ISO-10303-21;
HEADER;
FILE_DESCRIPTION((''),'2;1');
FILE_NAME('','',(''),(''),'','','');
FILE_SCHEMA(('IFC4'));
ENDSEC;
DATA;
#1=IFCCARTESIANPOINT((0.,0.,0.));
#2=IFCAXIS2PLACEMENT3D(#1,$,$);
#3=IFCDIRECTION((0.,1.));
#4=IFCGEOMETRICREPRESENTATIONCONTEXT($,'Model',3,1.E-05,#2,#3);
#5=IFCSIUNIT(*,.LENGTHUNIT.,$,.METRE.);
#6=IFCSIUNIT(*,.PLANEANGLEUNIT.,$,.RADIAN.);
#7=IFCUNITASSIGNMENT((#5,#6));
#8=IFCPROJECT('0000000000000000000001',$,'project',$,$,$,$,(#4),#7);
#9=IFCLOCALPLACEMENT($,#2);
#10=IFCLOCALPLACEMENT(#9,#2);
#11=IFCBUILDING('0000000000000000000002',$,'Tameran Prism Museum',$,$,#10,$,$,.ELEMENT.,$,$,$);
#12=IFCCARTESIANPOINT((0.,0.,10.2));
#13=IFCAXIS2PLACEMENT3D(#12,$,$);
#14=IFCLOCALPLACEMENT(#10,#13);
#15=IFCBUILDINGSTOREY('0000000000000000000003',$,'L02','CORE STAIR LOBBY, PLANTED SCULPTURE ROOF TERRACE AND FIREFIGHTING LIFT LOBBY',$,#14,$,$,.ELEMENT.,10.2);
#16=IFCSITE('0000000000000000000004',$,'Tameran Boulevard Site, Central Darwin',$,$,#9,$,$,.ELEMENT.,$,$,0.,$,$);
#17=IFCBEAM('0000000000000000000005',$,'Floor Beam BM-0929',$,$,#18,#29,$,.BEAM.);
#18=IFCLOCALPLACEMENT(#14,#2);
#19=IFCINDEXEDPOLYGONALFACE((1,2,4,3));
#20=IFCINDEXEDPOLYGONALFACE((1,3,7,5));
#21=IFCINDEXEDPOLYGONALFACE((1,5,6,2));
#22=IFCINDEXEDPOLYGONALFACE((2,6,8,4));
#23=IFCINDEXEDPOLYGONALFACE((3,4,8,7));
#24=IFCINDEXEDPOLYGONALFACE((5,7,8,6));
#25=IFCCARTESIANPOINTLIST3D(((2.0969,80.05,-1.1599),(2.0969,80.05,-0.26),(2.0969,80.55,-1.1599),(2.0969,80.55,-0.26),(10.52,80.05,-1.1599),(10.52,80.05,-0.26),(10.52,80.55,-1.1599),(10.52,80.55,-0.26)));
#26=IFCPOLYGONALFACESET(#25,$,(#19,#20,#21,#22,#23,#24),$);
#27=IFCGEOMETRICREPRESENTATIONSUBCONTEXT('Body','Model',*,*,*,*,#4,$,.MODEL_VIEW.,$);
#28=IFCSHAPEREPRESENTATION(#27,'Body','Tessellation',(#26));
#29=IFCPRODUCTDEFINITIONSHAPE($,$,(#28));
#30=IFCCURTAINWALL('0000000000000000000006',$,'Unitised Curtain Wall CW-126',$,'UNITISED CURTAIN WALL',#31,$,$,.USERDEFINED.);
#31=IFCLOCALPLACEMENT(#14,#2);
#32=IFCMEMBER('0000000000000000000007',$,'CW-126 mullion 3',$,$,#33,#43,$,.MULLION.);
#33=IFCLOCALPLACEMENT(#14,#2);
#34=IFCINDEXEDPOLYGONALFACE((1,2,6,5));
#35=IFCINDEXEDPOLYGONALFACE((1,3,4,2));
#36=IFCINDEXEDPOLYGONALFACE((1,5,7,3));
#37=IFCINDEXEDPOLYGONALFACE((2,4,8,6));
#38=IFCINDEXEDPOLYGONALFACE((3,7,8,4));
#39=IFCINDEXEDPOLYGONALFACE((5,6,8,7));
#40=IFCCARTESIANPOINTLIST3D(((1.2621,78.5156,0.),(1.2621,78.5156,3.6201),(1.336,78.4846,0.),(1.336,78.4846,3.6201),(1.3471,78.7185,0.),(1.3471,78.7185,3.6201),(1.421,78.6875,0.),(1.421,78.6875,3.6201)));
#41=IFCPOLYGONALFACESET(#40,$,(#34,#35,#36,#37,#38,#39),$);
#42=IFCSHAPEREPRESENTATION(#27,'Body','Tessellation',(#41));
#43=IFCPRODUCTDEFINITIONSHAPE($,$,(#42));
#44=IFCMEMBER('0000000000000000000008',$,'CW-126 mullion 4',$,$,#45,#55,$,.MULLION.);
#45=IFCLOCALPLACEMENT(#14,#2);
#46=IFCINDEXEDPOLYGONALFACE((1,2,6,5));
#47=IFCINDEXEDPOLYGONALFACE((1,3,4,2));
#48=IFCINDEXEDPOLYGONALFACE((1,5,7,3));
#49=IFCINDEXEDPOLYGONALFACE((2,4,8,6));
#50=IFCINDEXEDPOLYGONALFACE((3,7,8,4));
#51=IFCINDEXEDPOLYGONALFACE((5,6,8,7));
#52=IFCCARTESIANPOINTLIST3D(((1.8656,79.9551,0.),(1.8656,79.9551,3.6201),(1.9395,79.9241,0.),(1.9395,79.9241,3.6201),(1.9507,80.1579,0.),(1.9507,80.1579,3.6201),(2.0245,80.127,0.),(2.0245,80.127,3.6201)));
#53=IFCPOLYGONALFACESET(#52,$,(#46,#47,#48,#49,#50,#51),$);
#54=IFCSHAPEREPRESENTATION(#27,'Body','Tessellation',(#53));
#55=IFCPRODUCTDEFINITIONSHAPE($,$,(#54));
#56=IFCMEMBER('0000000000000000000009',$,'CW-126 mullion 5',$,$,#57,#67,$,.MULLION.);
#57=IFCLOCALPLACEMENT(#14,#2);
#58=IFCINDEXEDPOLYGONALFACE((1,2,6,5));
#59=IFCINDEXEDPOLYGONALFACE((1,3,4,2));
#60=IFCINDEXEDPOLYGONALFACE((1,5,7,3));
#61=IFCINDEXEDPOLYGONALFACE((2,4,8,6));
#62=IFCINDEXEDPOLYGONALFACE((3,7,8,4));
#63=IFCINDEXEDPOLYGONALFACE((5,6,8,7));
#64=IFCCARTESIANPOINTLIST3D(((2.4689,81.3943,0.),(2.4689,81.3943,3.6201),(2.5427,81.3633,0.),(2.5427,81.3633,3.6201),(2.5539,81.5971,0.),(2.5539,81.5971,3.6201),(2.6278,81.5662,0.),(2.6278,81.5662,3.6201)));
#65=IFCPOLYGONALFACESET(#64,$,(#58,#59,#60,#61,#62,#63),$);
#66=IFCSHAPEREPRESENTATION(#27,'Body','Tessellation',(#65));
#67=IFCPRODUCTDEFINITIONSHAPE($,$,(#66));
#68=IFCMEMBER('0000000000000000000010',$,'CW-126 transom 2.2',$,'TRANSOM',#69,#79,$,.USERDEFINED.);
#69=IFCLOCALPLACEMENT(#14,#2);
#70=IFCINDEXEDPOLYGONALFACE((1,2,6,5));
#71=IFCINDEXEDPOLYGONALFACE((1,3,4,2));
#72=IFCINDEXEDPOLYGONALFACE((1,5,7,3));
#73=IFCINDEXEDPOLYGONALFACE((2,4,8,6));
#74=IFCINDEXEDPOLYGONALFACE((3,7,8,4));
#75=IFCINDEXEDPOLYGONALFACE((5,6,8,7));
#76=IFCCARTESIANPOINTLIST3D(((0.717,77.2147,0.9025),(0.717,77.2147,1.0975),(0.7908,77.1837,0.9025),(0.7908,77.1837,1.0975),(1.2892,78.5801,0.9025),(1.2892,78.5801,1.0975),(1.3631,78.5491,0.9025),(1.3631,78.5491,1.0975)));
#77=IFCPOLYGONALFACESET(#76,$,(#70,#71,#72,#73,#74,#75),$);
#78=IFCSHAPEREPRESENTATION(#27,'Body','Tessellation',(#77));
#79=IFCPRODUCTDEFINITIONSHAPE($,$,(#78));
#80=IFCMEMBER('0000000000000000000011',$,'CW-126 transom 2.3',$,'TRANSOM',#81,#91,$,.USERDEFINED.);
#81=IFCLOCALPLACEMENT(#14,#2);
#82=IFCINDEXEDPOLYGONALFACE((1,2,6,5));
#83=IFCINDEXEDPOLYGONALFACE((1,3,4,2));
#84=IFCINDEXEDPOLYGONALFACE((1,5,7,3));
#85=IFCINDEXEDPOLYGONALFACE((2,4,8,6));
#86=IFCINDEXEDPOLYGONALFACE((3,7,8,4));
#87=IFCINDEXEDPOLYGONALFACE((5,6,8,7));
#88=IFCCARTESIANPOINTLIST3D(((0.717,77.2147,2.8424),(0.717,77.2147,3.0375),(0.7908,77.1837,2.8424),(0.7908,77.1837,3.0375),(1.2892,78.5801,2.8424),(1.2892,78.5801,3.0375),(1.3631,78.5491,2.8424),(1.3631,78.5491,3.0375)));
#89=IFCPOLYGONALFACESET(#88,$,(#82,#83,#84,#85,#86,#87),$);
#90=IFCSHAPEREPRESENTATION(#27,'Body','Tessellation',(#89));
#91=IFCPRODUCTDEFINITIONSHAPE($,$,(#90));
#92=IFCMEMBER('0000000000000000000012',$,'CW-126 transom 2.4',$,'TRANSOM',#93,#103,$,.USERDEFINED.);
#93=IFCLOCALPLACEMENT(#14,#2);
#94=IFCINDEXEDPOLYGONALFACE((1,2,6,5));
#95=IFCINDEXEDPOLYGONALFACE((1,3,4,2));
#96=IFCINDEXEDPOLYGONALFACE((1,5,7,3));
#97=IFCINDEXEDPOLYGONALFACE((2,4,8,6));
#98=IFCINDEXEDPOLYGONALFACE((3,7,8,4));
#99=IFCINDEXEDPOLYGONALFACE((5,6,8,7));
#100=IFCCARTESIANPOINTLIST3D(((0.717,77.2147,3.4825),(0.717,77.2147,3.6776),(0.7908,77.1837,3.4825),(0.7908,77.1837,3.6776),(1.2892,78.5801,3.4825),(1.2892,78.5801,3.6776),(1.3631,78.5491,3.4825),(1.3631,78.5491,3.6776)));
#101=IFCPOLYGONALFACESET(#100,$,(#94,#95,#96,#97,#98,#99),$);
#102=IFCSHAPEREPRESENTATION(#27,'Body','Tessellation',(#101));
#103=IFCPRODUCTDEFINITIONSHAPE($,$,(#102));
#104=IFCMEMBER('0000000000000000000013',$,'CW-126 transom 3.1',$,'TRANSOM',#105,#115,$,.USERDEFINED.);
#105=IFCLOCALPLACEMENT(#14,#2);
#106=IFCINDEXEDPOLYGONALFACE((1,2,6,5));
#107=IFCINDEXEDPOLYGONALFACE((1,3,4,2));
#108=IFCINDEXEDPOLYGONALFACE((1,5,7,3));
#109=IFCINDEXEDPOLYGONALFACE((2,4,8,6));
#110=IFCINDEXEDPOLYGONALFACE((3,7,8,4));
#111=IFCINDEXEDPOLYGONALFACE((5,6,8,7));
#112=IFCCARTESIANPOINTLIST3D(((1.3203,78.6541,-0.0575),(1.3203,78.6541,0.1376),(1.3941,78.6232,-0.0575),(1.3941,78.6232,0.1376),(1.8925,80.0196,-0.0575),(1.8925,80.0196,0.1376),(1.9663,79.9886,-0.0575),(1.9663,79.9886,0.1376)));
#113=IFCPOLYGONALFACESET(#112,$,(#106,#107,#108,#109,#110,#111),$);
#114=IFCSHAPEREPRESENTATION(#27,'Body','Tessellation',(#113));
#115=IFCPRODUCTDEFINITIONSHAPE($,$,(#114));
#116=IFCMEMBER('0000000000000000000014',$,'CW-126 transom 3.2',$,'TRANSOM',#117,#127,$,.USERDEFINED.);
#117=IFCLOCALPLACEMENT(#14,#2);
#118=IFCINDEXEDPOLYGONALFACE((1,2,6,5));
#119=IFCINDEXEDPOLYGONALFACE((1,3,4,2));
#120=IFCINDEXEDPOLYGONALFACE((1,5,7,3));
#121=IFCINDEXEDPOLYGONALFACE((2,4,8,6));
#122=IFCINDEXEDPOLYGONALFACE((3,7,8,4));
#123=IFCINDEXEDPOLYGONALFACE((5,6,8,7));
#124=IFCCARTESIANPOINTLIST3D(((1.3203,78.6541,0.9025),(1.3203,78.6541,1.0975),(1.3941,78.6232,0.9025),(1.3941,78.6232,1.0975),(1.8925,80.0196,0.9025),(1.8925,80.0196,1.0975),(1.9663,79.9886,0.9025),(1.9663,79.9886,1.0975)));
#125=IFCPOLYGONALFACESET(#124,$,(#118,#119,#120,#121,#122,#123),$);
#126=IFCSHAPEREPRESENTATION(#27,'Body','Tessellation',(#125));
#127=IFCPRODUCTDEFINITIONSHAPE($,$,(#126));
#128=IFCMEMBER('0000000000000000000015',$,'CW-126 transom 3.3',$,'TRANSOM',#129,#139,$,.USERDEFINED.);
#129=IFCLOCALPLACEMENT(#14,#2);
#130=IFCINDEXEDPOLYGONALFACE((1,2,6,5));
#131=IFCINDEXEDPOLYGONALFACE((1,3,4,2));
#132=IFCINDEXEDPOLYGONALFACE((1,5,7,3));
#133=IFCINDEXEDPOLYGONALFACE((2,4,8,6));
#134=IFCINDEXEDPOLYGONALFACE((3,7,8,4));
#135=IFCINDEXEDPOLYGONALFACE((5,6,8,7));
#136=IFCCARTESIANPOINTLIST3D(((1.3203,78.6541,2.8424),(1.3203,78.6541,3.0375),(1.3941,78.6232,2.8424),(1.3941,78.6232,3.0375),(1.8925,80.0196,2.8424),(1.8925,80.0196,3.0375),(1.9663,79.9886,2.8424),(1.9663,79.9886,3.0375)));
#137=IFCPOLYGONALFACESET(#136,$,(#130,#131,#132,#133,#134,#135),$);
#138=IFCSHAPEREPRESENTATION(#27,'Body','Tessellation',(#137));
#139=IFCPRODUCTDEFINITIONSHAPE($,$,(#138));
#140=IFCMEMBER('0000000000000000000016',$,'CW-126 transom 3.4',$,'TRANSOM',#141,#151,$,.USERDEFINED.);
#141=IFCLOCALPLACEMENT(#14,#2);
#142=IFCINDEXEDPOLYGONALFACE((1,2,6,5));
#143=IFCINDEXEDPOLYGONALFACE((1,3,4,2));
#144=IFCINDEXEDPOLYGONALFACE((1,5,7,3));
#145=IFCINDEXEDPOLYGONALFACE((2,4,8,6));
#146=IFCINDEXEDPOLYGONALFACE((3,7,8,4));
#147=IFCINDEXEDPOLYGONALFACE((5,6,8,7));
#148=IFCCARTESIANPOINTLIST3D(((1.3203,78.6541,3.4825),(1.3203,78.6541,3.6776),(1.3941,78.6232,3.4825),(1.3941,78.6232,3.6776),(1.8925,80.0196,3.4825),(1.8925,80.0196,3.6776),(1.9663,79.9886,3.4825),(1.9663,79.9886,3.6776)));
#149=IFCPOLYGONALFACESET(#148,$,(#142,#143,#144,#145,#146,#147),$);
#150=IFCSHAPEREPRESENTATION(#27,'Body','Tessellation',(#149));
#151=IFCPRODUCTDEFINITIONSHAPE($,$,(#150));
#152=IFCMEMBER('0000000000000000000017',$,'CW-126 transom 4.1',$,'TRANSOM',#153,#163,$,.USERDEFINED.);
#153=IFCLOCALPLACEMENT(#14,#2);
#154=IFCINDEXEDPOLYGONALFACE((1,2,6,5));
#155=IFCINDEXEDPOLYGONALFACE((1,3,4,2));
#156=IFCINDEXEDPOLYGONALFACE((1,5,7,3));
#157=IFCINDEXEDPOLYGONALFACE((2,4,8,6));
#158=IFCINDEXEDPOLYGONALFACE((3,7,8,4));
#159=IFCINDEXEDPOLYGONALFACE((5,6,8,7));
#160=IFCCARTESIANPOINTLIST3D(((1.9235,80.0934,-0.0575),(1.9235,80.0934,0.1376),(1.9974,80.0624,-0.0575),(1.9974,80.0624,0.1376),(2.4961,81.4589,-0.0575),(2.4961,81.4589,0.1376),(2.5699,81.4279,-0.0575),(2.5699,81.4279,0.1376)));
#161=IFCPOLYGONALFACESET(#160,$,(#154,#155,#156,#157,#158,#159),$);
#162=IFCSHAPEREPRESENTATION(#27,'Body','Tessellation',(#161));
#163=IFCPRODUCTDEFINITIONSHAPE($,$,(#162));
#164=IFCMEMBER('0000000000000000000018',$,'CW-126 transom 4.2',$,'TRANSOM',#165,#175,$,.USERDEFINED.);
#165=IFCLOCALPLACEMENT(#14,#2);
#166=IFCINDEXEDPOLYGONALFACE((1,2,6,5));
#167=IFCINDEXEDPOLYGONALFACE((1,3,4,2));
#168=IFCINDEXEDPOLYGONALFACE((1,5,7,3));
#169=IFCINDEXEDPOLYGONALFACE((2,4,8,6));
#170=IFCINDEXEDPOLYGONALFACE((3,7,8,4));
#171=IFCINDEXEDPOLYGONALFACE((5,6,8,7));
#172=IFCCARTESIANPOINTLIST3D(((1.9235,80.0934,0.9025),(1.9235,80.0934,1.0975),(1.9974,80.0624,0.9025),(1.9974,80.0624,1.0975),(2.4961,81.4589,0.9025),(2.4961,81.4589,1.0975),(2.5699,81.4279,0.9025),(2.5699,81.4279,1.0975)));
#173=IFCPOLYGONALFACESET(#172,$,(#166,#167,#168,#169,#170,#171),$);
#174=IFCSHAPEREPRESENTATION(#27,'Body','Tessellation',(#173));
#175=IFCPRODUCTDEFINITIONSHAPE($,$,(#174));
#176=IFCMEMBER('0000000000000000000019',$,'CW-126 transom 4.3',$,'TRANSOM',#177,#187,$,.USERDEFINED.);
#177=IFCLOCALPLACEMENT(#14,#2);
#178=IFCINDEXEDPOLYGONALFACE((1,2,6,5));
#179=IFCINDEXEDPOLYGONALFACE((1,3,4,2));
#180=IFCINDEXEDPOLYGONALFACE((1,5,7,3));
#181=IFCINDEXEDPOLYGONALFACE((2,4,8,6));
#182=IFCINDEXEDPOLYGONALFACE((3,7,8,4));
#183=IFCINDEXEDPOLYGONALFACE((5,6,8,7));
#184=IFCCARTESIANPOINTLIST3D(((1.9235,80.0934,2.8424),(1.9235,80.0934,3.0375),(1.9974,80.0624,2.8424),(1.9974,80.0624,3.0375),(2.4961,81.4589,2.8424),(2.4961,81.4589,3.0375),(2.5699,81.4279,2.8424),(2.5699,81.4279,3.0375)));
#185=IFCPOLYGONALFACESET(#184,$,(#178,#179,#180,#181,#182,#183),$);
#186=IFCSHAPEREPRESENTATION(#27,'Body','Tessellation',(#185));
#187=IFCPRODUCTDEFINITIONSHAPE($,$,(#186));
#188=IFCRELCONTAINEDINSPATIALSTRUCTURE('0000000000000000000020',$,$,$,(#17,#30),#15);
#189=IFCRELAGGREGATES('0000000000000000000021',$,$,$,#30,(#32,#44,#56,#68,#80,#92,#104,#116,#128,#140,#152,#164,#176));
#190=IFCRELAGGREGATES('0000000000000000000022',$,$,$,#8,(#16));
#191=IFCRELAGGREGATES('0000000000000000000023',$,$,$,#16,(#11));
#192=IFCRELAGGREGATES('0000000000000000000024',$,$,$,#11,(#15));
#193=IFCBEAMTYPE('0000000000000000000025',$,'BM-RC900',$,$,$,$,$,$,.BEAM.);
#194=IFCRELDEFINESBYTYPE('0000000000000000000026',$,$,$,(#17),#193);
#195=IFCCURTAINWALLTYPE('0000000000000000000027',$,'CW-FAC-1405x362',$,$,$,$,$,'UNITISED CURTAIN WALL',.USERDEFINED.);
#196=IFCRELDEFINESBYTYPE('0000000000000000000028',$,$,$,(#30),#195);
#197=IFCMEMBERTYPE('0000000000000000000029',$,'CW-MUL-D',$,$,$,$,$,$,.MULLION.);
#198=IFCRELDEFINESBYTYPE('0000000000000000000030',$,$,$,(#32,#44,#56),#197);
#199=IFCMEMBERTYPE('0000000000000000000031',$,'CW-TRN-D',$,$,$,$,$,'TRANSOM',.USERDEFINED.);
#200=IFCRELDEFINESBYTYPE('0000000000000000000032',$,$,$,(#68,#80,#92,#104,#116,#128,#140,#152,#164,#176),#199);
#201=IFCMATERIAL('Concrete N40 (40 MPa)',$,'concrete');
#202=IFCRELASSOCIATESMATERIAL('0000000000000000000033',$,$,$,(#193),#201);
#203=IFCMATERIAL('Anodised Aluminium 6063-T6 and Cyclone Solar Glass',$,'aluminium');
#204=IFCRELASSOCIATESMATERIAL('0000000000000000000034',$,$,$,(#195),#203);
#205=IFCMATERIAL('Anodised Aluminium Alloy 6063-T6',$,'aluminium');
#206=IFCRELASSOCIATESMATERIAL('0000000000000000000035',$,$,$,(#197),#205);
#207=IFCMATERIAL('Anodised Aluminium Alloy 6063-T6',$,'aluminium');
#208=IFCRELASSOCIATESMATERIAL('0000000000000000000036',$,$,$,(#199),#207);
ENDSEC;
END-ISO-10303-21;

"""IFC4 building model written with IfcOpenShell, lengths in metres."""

from ifc_helpers import new_model, si_unit, direction, frame, origin, origin_2d, place, context, subcontext, project, spatial, rectangle, extrude, material, material_profile, profile_set, type_object, element, aggregate, save


model = new_model("IFC4")

# Units and contexts
model_context = context("Model", 3, precision=1e-05, world=origin(), true_north=direction((0.0, 1.0)))
body_context = subcontext(model_context, "Body", "Model", "MODEL_VIEW")
ifc_project = project(units=[si_unit("LENGTHUNIT", "METRE"), si_unit("PLANEANGLEUNIT", "RADIAN")], contexts=[model_context])

# Site, building, storey
site_placement = place(None, origin())
site = spatial("IfcSite", under=ifc_project, at=site_placement, Name="Tameran Boulevard Site, Central Darwin", CompositionType="ELEMENT", RefElevation=0.0)
building_placement = place(site_placement, origin())
building = spatial("IfcBuilding", under=site, at=building_placement, Name="Tameran Prism Museum", CompositionType="ELEMENT")
storey_placement = place(building_placement, frame((0.0, 0.0, 10.2)))
storey = spatial("IfcBuildingStorey", under=building, at=storey_placement, Name="L02", Description="CORE STAIR LOBBY, PLANTED SCULPTURE ROOF TERRACE AND FIREFIGHTING LIFT LOBBY", CompositionType="ELEMENT", Elevation=10.2)

# Beam
ifc_material_1 = material(Name="Concrete N40 (40 MPa)", Category="concrete")
ifc_material_profile_1 = material_profile(ifc_material_1, rectangle(XDim=0.5, YDim=0.8999, at=origin_2d()))
ifc_profile_set_1 = profile_set([ifc_material_profile_1])
beam_type = type_object("IfcBeamType", Name="BM-RC900", PredefinedType="BEAM", material=ifc_profile_set_1)
beam_placement = place(storey_placement, frame((2.0969, 80.3, -0.71), z_axis=(1.0, 0.0, 0.0), x_axis=(0.0, 1.0, 0.0)))
element("IfcBeam", 1, at=beam_placement, inside=storey, type_object=beam_type, Name="Floor Beam BM-0929", PredefinedType="BEAM", context=body_context, shape_type="SweptSolid", body=[
    extrude(rectangle(XDim=0.5, YDim=0.8999, at=origin_2d()), origin(), (0.0, 0.0, 1.0), 8.4231),
])

# Curtain wall, members
ifc_material_2 = material(Name="Anodised Aluminium 6063-T6 and Cyclone Solar Glass", Category="aluminium")
curtain_wall_type = type_object("IfcCurtainWallType", Name="CW-FAC-1405x362", ElementType="UNITISED CURTAIN WALL", PredefinedType="USERDEFINED", material=ifc_material_2)
curtain_wall_placement = place(storey_placement, origin())
curtain_wall = element("IfcCurtainWall", 2, at=curtain_wall_placement, inside=storey, type_object=curtain_wall_type, Name="Unitised Curtain Wall CW-126", ObjectType="UNITISED CURTAIN WALL", PredefinedType="USERDEFINED")
ifc_material_3 = material(Name="Anodised Aluminium Alloy 6063-T6", Category="aluminium")
ifc_material_profile_2 = material_profile(ifc_material_3, rectangle(XDim=0.0801, YDim=0.22, at=origin_2d()))
ifc_profile_set_2 = profile_set([ifc_material_profile_2])
member_type_1 = type_object("IfcMemberType", Name="CW-MUL-D", PredefinedType="MULLION", material=ifc_profile_set_2)
member_1_placement = place(storey_placement, frame((1.3416, 78.6016, 0.0), z_axis=(0.0, 0.0, 1.0), x_axis=(-0.922253, 0.386586, 0.0)))
member_1 = element("IfcMember", 3, at=member_1_placement, type_object=member_type_1, Name="CW-126 mullion 3", PredefinedType="MULLION", context=body_context, shape_type="SweptSolid", body=[
    extrude(rectangle(XDim=0.0801, YDim=0.22, at=origin_2d()), origin(), (0.0, 0.0, 1.0), 3.6201),
])
member_2_placement = place(storey_placement, frame((1.9451, 80.041, 0.0), z_axis=(0.0, 0.0, 1.0), x_axis=(-0.922253, 0.386586, 0.0)))
member_2 = element("IfcMember", 4, at=member_2_placement, type_object=member_type_1, Name="CW-126 mullion 4", PredefinedType="MULLION", context=body_context, shape_type="SweptSolid", body=[
    extrude(rectangle(XDim=0.0801, YDim=0.22, at=origin_2d()), origin(), (0.0, 0.0, 1.0), 3.6201),
])
member_3_placement = place(storey_placement, frame((2.5483, 81.4802, 0.0), z_axis=(0.0, 0.0, 1.0), x_axis=(-0.922253, 0.386586, 0.0)))
member_3 = element("IfcMember", 5, at=member_3_placement, type_object=member_type_1, Name="CW-126 mullion 5", PredefinedType="MULLION", context=body_context, shape_type="SweptSolid", body=[
    extrude(rectangle(XDim=0.0801, YDim=0.22, at=origin_2d()), origin(), (0.0, 0.0, 1.0), 3.6201),
])
ifc_material_4 = material(Name="Anodised Aluminium Alloy 6063-T6", Category="aluminium")
ifc_material_profile_3 = material_profile(ifc_material_4, rectangle(XDim=0.0801, YDim=0.1951, at=origin_2d()))
ifc_profile_set_3 = profile_set([ifc_material_profile_3])
member_type_2 = type_object("IfcMemberType", Name="CW-TRN-D", ElementType="TRANSOM", PredefinedType="USERDEFINED", material=ifc_profile_set_3)
member_4_placement = place(storey_placement, frame((0.7539, 77.1992, 1.0), z_axis=(0.386523, 0.92228, 0.0), x_axis=(-0.92228, 0.386523, 0.0)))
member_4 = element("IfcMember", 6, at=member_4_placement, type_object=member_type_2, Name="CW-126 transom 2.2", ObjectType="TRANSOM", PredefinedType="USERDEFINED", context=body_context, shape_type="SweptSolid", body=[
    extrude(rectangle(XDim=0.0801, YDim=0.1951, at=origin_2d()), origin(), (0.0, 0.0, 1.0), 1.4805),
])
member_5_placement = place(storey_placement, frame((0.7539, 77.1992, 2.9399), z_axis=(0.386523, 0.92228, 0.0), x_axis=(-0.92228, 0.386523, 0.0)))
member_5 = element("IfcMember", 7, at=member_5_placement, type_object=member_type_2, Name="CW-126 transom 2.3", ObjectType="TRANSOM", PredefinedType="USERDEFINED", context=body_context, shape_type="SweptSolid", body=[
    extrude(rectangle(XDim=0.0801, YDim=0.1951, at=origin_2d()), origin(), (0.0, 0.0, 1.0), 1.4805),
])
member_6_placement = place(storey_placement, frame((0.7539, 77.1992, 3.5801), z_axis=(0.386523, 0.92228, 0.0), x_axis=(-0.92228, 0.386523, 0.0)))
member_6 = element("IfcMember", 8, at=member_6_placement, type_object=member_type_2, Name="CW-126 transom 2.4", ObjectType="TRANSOM", PredefinedType="USERDEFINED", context=body_context, shape_type="SweptSolid", body=[
    extrude(rectangle(XDim=0.0801, YDim=0.1951, at=origin_2d()), origin(), (0.0, 0.0, 1.0), 1.4805),
])
member_7_placement = place(storey_placement, frame((1.3572, 78.6387, 0.04), z_axis=(0.386523, 0.92228, 0.0), x_axis=(-0.92228, 0.386523, 0.0)))
member_7 = element("IfcMember", 9, at=member_7_placement, type_object=member_type_2, Name="CW-126 transom 3.1", ObjectType="TRANSOM", PredefinedType="USERDEFINED", context=body_context, shape_type="SweptSolid", body=[
    extrude(rectangle(XDim=0.0801, YDim=0.1951, at=origin_2d()), origin(), (0.0, 0.0, 1.0), 1.4805),
])
member_8_placement = place(storey_placement, frame((1.3572, 78.6387, 1.0), z_axis=(0.386523, 0.92228, 0.0), x_axis=(-0.92228, 0.386523, 0.0)))
member_8 = element("IfcMember", 10, at=member_8_placement, type_object=member_type_2, Name="CW-126 transom 3.2", ObjectType="TRANSOM", PredefinedType="USERDEFINED", context=body_context, shape_type="SweptSolid", body=[
    extrude(rectangle(XDim=0.0801, YDim=0.1951, at=origin_2d()), origin(), (0.0, 0.0, 1.0), 1.4805),
])
member_9_placement = place(storey_placement, frame((1.3572, 78.6387, 2.9399), z_axis=(0.386523, 0.92228, 0.0), x_axis=(-0.92228, 0.386523, 0.0)))
member_9 = element("IfcMember", 11, at=member_9_placement, type_object=member_type_2, Name="CW-126 transom 3.3", ObjectType="TRANSOM", PredefinedType="USERDEFINED", context=body_context, shape_type="SweptSolid", body=[
    extrude(rectangle(XDim=0.0801, YDim=0.1951, at=origin_2d()), origin(), (0.0, 0.0, 1.0), 1.4805),
])
member_10_placement = place(storey_placement, frame((1.3572, 78.6387, 3.5801), z_axis=(0.386523, 0.92228, 0.0), x_axis=(-0.92228, 0.386523, 0.0)))
member_10 = element("IfcMember", 12, at=member_10_placement, type_object=member_type_2, Name="CW-126 transom 3.4", ObjectType="TRANSOM", PredefinedType="USERDEFINED", context=body_context, shape_type="SweptSolid", body=[
    extrude(rectangle(XDim=0.0801, YDim=0.1951, at=origin_2d()), origin(), (0.0, 0.0, 1.0), 1.4805),
])
member_11_placement = place(storey_placement, frame((1.9604, 80.0779, 0.04), z_axis=(0.386663, 0.922221, 0.0), x_axis=(-0.922221, 0.386663, 0.0)))
member_11 = element("IfcMember", 13, at=member_11_placement, type_object=member_type_2, Name="CW-126 transom 4.1", ObjectType="TRANSOM", PredefinedType="USERDEFINED", context=body_context, shape_type="SweptSolid", body=[
    extrude(rectangle(XDim=0.0801, YDim=0.1951, at=origin_2d()), origin(), (0.0, 0.0, 1.0), 1.4807),
])
member_12_placement = place(storey_placement, frame((1.9604, 80.0779, 1.0), z_axis=(0.386663, 0.922221, 0.0), x_axis=(-0.922221, 0.386663, 0.0)))
member_12 = element("IfcMember", 14, at=member_12_placement, type_object=member_type_2, Name="CW-126 transom 4.2", ObjectType="TRANSOM", PredefinedType="USERDEFINED", context=body_context, shape_type="SweptSolid", body=[
    extrude(rectangle(XDim=0.0801, YDim=0.1951, at=origin_2d()), origin(), (0.0, 0.0, 1.0), 1.4807),
])
member_13_placement = place(storey_placement, frame((1.9604, 80.0779, 2.9399), z_axis=(0.386663, 0.922221, 0.0), x_axis=(-0.922221, 0.386663, 0.0)))
member_13 = element("IfcMember", 15, at=member_13_placement, type_object=member_type_2, Name="CW-126 transom 4.3", ObjectType="TRANSOM", PredefinedType="USERDEFINED", context=body_context, shape_type="SweptSolid", body=[
    extrude(rectangle(XDim=0.0801, YDim=0.1951, at=origin_2d()), origin(), (0.0, 0.0, 1.0), 1.4807),
])
aggregate(curtain_wall, [member_1, member_2, member_3, member_4, member_5, member_6, member_7, member_8, member_9, member_10, member_11, member_12, member_13])

save(model, "model.ifc")
